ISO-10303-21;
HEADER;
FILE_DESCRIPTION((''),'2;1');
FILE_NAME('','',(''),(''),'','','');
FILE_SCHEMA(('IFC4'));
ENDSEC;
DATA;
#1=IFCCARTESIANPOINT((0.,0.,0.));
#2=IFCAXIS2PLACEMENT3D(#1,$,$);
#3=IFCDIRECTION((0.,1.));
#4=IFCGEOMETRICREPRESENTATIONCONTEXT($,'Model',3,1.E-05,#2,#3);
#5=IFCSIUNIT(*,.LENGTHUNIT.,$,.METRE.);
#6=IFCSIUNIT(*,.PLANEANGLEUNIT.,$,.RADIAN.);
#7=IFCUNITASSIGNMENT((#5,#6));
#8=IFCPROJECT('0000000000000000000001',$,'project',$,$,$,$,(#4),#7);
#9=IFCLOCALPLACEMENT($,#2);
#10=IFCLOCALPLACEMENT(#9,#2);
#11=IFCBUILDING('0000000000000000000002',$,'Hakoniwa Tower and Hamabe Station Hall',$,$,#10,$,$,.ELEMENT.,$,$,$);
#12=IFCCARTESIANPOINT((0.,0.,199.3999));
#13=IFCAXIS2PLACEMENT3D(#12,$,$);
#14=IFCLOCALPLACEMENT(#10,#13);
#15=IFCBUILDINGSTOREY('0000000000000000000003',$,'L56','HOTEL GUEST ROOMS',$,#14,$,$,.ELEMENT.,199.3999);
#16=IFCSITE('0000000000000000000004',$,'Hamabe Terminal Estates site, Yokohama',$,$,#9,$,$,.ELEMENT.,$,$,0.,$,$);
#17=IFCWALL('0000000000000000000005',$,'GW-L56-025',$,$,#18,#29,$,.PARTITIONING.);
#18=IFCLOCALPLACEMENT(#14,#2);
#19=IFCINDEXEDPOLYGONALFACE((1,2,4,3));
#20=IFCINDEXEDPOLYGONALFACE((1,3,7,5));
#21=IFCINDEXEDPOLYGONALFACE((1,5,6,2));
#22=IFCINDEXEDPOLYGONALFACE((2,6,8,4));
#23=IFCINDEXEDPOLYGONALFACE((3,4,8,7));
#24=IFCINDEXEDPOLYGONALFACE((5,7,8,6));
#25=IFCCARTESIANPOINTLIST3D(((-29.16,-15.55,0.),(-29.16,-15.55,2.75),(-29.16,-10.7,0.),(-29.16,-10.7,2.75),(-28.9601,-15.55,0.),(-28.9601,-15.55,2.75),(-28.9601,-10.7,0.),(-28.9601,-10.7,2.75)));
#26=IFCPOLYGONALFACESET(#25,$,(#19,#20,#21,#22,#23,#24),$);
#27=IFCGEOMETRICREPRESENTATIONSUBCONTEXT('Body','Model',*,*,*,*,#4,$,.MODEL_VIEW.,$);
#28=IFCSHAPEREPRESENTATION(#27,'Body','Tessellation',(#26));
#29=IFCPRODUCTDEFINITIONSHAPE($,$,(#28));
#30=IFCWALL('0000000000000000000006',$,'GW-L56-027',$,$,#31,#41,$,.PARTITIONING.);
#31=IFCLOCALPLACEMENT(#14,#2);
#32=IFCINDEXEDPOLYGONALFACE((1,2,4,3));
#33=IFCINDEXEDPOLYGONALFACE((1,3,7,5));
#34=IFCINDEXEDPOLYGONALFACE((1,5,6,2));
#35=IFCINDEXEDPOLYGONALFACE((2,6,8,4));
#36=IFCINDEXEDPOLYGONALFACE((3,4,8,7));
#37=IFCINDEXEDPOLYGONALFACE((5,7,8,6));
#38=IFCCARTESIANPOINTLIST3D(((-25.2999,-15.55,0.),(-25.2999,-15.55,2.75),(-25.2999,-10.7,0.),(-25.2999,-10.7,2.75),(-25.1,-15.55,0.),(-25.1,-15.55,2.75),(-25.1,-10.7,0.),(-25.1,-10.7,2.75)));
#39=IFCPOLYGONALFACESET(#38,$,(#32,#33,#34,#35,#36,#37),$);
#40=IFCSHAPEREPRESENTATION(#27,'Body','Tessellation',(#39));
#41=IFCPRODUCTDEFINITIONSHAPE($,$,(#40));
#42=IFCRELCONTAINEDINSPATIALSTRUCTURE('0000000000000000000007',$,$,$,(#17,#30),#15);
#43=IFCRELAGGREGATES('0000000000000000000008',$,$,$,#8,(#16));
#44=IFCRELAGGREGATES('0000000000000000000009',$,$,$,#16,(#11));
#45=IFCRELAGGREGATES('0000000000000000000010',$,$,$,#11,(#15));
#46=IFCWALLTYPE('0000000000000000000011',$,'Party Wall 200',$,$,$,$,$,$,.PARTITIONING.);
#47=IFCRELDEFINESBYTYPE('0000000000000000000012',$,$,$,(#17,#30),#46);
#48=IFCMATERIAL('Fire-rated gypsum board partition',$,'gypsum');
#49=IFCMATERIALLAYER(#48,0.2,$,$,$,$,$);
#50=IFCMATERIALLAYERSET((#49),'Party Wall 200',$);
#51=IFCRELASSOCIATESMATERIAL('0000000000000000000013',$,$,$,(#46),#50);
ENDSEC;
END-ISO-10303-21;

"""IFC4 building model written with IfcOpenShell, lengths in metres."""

from ifc_helpers import new_model, si_unit, direction, frame, frame_2d, origin, place, context, subcontext, project, spatial, rectangle, extrude, material, layer, layer_set, type_object, element, save


model = new_model("IFC4")

# Units and contexts
model_context = context("Model", 3, precision=1e-05, world=origin(), true_north=direction((0.0, 1.0)))
body_context = subcontext(model_context, "Body", "Model", "MODEL_VIEW")
ifc_project = project(units=[si_unit("LENGTHUNIT", "METRE"), si_unit("PLANEANGLEUNIT", "RADIAN")], contexts=[model_context])

# Site, building, storey
site_placement = place(None, origin())
site = spatial("IfcSite", under=ifc_project, at=site_placement, Name="Hamabe Terminal Estates site, Yokohama", CompositionType="ELEMENT", RefElevation=0.0)
building_placement = place(site_placement, origin())
building = spatial("IfcBuilding", under=site, at=building_placement, Name="Hakoniwa Tower and Hamabe Station Hall", CompositionType="ELEMENT")
storey_placement = place(building_placement, frame((0.0, 0.0, 199.3999)))
storey = spatial("IfcBuildingStorey", under=building, at=storey_placement, Name="L56", Description="HOTEL GUEST ROOMS", CompositionType="ELEMENT", Elevation=199.3999)

# Walls
ifc_material_1 = material(Name="Fire-rated gypsum board partition", Category="gypsum")
ifc_layer_1 = layer(ifc_material_1, 0.2)
ifc_layer_set_1 = layer_set([ifc_layer_1], Name="Party Wall 200")
wall_type_1 = type_object("IfcWallType", Name="Party Wall 200", PredefinedType="PARTITIONING", material=ifc_layer_set_1)
for number, where, z_axis, x_axis, name in (
    (1, (-29.0601, -15.55, 0.0), (0.0, 0.0, 1.0), (0.0, 1.0, 0.0), "GW-L56-025"),
    (2, (-25.2, -15.55, 0.0), (0.0, 0.0, 1.0), (0.0, 1.0, 0.0), "GW-L56-027"),
):
    element("IfcWall", number, at=place(storey_placement, frame(where, z_axis=z_axis, x_axis=x_axis)), inside=storey, type_object=wall_type_1, Name=name, PredefinedType="PARTITIONING", context=body_context, shape_type="SweptSolid", body=[
        extrude(rectangle(XDim=4.8501, YDim=0.2, at=frame_2d((2.425, 0.0))), origin(), (0.0, 0.0, 1.0), 2.75),
    ])

save(model, "model.ifc")
